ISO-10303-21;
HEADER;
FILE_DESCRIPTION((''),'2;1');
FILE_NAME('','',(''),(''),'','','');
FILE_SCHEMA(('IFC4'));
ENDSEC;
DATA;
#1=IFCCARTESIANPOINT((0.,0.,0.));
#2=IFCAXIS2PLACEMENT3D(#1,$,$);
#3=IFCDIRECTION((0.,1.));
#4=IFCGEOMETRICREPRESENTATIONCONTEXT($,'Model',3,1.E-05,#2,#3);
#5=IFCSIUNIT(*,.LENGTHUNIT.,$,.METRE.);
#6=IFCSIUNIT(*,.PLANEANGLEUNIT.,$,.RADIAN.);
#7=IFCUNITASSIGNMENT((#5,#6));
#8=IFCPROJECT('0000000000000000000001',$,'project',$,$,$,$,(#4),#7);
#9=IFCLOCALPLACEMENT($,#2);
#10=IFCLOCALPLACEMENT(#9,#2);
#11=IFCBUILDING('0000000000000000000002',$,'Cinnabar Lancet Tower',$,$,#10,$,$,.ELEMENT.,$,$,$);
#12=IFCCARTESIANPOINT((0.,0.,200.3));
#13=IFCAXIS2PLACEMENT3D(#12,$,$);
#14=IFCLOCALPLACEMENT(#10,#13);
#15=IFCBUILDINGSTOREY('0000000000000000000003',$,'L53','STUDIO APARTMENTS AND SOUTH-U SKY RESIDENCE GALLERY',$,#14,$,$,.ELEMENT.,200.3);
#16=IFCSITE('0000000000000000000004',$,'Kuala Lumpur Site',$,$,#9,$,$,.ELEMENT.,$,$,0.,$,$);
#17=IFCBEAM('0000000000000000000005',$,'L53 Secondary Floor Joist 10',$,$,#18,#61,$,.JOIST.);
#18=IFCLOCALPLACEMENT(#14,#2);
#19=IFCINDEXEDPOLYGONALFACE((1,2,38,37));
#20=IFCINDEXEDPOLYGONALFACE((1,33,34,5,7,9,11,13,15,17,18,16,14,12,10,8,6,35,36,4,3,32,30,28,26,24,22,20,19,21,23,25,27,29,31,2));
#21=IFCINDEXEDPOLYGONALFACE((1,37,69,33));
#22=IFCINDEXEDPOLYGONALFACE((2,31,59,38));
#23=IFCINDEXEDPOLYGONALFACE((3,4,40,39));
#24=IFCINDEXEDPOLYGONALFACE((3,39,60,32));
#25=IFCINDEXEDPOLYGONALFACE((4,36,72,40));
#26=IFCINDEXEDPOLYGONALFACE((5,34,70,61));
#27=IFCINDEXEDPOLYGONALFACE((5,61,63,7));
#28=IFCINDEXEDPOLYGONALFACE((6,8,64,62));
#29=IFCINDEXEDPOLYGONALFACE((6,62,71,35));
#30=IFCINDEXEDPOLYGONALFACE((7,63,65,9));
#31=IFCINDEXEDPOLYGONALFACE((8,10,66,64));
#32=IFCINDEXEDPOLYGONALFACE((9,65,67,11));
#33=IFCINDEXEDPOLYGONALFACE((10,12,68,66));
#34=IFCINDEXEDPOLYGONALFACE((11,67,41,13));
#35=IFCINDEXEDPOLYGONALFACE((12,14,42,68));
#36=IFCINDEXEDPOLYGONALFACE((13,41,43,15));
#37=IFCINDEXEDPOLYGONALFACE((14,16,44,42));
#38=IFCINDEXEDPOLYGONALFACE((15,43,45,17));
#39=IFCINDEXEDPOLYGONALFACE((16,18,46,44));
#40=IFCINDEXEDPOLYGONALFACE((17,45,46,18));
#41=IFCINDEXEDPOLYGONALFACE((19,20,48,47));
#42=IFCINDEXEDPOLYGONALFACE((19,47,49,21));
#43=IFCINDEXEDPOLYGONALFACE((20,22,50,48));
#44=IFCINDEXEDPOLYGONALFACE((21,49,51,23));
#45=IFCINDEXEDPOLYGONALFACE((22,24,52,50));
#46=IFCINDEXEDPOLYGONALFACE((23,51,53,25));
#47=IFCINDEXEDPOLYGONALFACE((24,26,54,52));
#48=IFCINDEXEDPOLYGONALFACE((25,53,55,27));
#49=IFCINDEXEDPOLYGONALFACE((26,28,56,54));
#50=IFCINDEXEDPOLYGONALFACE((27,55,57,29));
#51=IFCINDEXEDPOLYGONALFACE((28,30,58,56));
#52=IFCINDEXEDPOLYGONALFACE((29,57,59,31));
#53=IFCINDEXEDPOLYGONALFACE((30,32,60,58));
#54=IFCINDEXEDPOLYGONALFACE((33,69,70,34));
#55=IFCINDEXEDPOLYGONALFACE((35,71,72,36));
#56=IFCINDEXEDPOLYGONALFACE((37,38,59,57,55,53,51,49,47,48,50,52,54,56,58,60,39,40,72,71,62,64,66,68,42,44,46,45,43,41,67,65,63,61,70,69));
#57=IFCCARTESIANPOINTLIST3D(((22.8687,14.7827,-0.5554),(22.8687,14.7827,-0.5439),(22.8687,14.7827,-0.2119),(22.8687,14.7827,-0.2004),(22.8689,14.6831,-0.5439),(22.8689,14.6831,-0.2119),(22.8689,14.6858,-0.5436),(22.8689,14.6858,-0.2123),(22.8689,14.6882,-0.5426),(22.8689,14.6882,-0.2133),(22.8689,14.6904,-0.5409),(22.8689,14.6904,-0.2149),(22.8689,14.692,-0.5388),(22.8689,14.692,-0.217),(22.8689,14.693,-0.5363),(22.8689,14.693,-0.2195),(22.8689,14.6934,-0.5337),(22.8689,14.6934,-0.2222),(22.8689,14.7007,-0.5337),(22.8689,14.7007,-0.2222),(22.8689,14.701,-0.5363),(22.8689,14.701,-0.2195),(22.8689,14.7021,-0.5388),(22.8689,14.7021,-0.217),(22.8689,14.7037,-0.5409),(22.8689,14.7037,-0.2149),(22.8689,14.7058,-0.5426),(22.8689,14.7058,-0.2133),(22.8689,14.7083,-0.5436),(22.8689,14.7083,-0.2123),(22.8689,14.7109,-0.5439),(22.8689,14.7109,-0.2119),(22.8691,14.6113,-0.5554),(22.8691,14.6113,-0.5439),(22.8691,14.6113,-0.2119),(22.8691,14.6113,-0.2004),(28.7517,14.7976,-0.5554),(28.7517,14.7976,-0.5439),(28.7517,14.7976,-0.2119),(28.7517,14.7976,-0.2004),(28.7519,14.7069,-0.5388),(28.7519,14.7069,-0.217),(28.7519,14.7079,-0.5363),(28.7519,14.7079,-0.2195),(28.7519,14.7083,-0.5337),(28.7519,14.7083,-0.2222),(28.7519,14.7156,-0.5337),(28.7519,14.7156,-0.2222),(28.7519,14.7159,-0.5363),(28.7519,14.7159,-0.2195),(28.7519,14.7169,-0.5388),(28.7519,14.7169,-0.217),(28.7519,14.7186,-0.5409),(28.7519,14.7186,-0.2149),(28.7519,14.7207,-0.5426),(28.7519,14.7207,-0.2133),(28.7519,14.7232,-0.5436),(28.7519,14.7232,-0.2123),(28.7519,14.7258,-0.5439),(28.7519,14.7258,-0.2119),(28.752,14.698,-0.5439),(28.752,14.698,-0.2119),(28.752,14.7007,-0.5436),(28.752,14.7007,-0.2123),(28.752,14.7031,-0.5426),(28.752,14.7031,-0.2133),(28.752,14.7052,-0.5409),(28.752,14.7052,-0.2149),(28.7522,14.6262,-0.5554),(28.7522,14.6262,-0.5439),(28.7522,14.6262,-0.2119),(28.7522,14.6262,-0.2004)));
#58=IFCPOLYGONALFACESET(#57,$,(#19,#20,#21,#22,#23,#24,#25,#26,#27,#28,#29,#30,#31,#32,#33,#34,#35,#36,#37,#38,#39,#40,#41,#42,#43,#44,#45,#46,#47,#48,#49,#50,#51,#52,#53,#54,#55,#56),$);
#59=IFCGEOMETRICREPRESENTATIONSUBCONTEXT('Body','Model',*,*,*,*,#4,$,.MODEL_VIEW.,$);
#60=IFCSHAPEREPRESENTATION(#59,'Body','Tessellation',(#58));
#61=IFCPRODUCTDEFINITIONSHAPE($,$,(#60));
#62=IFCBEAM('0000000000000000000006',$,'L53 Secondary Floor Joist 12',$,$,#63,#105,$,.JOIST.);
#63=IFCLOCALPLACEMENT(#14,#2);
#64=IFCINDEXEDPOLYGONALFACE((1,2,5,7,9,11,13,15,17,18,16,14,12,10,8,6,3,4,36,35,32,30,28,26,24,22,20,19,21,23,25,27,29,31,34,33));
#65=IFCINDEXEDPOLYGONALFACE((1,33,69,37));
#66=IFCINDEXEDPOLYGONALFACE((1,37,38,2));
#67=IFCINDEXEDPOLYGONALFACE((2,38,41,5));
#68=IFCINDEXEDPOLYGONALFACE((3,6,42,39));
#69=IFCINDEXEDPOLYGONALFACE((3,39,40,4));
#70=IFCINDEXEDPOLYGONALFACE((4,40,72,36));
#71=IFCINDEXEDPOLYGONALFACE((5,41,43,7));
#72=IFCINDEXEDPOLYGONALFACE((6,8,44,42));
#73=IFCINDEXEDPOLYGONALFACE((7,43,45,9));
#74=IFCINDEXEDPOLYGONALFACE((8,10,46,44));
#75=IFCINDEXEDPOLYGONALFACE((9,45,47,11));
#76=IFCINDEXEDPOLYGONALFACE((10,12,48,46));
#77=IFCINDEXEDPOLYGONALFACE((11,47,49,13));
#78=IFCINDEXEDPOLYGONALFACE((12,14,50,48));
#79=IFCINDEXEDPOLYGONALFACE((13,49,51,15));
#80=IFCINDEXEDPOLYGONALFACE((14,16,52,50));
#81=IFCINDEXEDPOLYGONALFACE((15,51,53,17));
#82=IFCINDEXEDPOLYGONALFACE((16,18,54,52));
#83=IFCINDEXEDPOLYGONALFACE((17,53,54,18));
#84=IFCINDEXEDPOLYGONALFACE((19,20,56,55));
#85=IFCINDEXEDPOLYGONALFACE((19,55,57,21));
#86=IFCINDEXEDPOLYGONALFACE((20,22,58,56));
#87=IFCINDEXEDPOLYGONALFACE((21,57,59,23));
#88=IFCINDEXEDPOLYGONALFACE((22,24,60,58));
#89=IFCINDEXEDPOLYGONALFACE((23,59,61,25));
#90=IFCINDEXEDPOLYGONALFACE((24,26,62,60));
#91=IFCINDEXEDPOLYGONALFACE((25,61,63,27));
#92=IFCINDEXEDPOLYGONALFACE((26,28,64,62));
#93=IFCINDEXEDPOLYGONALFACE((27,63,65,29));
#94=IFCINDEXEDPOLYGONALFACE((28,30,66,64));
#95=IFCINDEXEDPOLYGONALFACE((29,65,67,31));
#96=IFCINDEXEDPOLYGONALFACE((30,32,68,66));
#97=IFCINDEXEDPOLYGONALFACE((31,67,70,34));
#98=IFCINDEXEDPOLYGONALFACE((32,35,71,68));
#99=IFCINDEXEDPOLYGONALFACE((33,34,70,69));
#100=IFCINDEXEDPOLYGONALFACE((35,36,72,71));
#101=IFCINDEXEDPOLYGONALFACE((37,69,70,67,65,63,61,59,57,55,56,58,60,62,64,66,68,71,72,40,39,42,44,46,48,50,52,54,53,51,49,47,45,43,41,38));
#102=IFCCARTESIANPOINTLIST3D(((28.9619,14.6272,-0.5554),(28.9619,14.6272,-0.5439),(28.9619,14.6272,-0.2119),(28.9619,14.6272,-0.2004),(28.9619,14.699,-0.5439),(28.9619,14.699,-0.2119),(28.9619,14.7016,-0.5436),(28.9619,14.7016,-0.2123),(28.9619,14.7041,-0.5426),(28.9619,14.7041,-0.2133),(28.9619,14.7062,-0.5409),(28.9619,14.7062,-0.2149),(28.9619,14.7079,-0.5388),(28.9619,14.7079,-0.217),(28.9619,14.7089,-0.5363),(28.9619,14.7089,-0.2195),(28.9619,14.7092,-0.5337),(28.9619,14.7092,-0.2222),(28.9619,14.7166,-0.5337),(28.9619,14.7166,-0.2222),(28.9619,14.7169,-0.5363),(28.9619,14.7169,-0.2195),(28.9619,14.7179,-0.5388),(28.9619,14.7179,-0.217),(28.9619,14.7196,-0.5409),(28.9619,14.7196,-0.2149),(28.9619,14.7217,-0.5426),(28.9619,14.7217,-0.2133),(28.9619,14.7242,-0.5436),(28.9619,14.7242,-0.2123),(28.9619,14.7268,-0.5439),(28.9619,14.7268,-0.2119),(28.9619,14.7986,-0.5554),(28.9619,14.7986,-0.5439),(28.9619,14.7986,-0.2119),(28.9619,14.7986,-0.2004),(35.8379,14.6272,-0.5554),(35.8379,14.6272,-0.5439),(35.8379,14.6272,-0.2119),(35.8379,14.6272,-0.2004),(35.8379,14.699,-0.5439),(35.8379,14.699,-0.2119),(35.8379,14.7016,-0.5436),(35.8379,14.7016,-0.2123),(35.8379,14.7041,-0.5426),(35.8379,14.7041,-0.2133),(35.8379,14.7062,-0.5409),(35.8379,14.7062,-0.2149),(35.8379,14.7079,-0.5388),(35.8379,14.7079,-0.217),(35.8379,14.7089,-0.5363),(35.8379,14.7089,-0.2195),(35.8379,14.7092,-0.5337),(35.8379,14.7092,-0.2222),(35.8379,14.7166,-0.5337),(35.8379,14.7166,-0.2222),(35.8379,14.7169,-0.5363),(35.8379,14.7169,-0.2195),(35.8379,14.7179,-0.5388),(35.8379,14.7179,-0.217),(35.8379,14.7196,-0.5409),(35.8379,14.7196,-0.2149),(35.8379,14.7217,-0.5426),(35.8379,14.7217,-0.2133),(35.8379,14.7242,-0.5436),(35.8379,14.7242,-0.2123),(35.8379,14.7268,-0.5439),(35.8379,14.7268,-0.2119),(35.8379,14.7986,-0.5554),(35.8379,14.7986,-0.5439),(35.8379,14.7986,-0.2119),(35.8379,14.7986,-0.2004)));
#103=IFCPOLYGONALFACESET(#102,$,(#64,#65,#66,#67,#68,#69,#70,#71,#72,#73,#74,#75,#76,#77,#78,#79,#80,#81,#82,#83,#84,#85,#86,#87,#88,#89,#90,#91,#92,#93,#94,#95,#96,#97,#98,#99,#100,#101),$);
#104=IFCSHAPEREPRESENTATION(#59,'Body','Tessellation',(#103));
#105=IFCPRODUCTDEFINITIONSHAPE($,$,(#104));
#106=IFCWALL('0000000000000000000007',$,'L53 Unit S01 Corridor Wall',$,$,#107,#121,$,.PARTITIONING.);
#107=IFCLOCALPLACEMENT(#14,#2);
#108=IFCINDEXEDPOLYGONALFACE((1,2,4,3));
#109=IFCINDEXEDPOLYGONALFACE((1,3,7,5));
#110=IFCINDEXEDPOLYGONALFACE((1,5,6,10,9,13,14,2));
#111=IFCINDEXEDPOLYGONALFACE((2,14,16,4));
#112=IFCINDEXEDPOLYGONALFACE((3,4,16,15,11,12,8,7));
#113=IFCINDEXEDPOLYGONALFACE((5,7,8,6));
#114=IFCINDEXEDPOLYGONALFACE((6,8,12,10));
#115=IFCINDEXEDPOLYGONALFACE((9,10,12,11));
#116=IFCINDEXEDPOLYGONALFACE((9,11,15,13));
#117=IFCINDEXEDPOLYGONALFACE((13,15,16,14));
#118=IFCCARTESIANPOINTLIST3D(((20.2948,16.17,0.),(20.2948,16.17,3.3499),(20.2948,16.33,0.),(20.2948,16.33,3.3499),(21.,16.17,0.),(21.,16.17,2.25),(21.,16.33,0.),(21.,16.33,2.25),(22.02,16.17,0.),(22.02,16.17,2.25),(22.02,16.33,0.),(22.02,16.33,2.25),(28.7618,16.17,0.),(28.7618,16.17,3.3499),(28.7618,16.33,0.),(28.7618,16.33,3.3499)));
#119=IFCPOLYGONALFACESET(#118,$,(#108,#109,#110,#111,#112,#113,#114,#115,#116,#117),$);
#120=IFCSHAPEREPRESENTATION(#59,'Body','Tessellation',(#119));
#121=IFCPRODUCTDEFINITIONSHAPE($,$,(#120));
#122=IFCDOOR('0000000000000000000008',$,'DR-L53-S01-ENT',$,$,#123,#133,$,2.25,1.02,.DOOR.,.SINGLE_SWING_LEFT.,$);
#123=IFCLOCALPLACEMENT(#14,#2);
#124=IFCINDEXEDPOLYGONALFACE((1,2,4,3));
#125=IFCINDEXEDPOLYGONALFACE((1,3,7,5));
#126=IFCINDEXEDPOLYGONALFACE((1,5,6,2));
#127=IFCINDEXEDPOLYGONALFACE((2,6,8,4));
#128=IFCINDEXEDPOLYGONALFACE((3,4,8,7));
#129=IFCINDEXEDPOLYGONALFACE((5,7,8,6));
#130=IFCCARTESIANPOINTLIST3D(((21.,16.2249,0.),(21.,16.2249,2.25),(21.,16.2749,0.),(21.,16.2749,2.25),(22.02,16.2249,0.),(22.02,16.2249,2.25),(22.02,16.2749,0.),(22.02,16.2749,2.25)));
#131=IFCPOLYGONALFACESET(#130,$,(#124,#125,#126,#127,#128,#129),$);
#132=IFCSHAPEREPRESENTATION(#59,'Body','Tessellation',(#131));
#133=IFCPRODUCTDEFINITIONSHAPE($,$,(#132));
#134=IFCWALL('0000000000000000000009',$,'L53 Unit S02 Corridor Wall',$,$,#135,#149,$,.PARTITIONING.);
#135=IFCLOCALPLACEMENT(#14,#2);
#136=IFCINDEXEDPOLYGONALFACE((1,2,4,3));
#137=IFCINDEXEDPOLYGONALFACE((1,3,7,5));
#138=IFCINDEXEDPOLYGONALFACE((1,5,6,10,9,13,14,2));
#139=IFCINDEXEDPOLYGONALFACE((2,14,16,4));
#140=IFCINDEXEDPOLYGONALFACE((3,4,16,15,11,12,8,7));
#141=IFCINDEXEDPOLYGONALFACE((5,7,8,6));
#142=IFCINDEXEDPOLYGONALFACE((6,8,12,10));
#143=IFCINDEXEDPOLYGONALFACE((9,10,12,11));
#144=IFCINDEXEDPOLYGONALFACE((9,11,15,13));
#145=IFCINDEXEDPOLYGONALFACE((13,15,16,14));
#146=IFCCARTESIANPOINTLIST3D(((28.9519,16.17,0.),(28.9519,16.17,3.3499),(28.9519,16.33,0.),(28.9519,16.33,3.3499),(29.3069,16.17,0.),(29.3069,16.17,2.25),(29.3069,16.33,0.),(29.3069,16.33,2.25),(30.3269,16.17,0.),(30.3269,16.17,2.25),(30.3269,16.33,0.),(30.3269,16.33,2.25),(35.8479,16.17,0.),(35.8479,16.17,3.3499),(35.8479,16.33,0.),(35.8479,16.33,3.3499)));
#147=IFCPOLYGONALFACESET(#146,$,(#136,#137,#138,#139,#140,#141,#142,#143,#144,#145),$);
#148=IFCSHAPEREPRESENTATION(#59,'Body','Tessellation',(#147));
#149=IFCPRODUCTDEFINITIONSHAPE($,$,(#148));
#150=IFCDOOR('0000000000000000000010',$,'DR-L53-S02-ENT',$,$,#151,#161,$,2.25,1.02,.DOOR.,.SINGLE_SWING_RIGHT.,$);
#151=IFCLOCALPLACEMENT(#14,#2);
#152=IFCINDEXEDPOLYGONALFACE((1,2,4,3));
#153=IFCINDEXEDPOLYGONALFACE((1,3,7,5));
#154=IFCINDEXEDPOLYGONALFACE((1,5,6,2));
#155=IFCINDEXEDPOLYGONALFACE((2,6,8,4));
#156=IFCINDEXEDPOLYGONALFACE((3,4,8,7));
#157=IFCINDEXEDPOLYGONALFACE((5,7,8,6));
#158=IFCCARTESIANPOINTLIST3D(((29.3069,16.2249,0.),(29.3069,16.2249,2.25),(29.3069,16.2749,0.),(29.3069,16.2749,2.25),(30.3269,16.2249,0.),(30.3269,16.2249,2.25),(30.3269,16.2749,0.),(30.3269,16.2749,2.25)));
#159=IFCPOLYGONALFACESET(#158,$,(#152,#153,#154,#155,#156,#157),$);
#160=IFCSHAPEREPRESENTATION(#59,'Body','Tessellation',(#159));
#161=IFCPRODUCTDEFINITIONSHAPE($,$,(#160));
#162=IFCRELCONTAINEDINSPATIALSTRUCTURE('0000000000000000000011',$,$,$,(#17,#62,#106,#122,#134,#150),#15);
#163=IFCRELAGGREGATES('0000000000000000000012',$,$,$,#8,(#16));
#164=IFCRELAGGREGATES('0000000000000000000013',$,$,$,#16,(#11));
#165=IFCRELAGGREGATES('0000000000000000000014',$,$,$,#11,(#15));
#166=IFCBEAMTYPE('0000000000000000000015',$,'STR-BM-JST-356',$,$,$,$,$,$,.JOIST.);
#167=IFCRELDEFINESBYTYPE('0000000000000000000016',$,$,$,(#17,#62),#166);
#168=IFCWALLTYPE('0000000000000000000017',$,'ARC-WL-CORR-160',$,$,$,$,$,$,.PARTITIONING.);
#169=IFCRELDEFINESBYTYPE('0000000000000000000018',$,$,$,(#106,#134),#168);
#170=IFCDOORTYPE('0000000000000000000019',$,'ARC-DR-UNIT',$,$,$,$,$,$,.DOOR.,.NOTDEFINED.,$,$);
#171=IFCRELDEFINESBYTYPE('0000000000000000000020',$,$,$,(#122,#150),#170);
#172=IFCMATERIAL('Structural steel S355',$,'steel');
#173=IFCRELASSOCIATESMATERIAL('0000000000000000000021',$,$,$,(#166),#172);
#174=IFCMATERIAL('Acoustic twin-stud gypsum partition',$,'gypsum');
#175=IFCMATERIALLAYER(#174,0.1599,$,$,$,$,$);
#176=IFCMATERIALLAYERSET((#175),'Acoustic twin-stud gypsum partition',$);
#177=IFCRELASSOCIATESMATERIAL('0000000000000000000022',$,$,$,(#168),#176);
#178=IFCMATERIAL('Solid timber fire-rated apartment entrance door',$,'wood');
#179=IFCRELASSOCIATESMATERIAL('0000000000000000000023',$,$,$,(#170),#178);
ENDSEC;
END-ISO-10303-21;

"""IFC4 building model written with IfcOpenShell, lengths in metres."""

from ifc_helpers import new_model, si_unit, direction, frame, frame_2d, origin, origin_2d, place, context, subcontext, project, spatial, rectangle, i_section, extrude, material, layer, layer_set, material_profile, profile_set, type_object, element, fill, save


model = new_model("IFC4")

# Units and contexts
model_context = context("Model", 3, precision=1e-05, world=origin(), true_north=direction((0.0, 1.0)))
body_context = subcontext(model_context, "Body", "Model", "MODEL_VIEW")
ifc_project = project(units=[si_unit("LENGTHUNIT", "METRE"), si_unit("PLANEANGLEUNIT", "RADIAN")], contexts=[model_context])

# Site, building, storey
site_placement = place(None, origin())
site = spatial("IfcSite", under=ifc_project, at=site_placement, Name="Kuala Lumpur Site", CompositionType="ELEMENT", RefElevation=0.0)
building_placement = place(site_placement, origin())
building = spatial("IfcBuilding", under=site, at=building_placement, Name="Cinnabar Lancet Tower", CompositionType="ELEMENT")
storey_placement = place(building_placement, frame((0.0, 0.0, 200.3)))
storey = spatial("IfcBuildingStorey", under=building, at=storey_placement, Name="L53", Description="STUDIO APARTMENTS AND SOUTH-U SKY RESIDENCE GALLERY", CompositionType="ELEMENT", Elevation=200.3)

# Beams
ifc_material_1 = material(Name="Structural steel S355", Category="steel")
ifc_material_profile_1 = material_profile(ifc_material_1, i_section(OverallWidth=0.1714, OverallDepth=0.355, WebThickness=0.0073, FlangeThickness=0.0115, FilletRadius=0.0103, at=origin_2d()), Name="UKB 356x171x51")
ifc_profile_set_1 = profile_set([ifc_material_profile_1], Name="Structural steel S355")
beam_type = type_object("IfcBeamType", Name="STR-BM-JST-356", PredefinedType="JOIST", material=ifc_profile_set_1)
beam_1_placement = place(storey_placement, frame((22.8689, 14.697, -0.3779), z_axis=(0.999997, 0.002531, 0.0), x_axis=(-0.002531, 0.999997, 0.0)))
element("IfcBeam", 1, at=beam_1_placement, inside=storey, type_object=beam_type, Name="L53 Secondary Floor Joist 10", PredefinedType="JOIST", context=body_context, shape_type="SweptSolid", body=[
    extrude(i_section(OverallWidth=0.1714, OverallDepth=0.355, WebThickness=0.0073, FlangeThickness=0.0115, FilletRadius=0.0103, at=origin_2d()), origin(), (0.0, 0.0, 1.0), 5.8831),
])
beam_2_placement = place(storey_placement, frame((28.9619, 14.7129, -0.3779), z_axis=(1.0, 0.0, 0.0), x_axis=(0.0, 1.0, 0.0)))
element("IfcBeam", 2, at=beam_2_placement, inside=storey, type_object=beam_type, Name="L53 Secondary Floor Joist 12", PredefinedType="JOIST", context=body_context, shape_type="SweptSolid", body=[
    extrude(i_section(OverallWidth=0.1714, OverallDepth=0.355, WebThickness=0.0073, FlangeThickness=0.0115, FilletRadius=0.0103, at=origin_2d()), origin(), (0.0, 0.0, 1.0), 6.876),
])

# Walls, openings, doors
ifc_material_2 = material(Name="Acoustic twin-stud gypsum partition", Category="gypsum")
ifc_layer_1 = layer(ifc_material_2, 0.1599)
ifc_layer_set_1 = layer_set([ifc_layer_1], Name="Acoustic twin-stud gypsum partition")
wall_type_1 = type_object("IfcWallType", Name="ARC-WL-CORR-160", PredefinedType="PARTITIONING", material=ifc_layer_set_1)
wall_1_placement = place(storey_placement, frame((20.2949, 16.25, 0.0), z_axis=(0.0, 0.0, 1.0), x_axis=(1.0, 0.0, 0.0)))
wall_1 = element("IfcWall", 3, at=wall_1_placement, inside=storey, type_object=wall_type_1, Name="L53 Unit S01 Corridor Wall", PredefinedType="PARTITIONING", context=body_context, shape_type="SweptSolid", body=[
    extrude(rectangle(XDim=8.467, YDim=0.1599, at=frame_2d((4.2334, 0.0))), origin(), (0.0, 0.0, 1.0), 3.3499),
])
opening_1_placement = place(wall_1_placement, frame((0.7051, 0.0, 0.0)))
opening_1 = element("IfcOpeningElement", 4, at=opening_1_placement, cuts=wall_1, PredefinedType="OPENING", context=body_context, shape_type="SweptSolid", body=[
    extrude(rectangle(XDim=1.02, YDim=2.25, at=frame_2d((0.51, 1.125))), frame((0.0, 0.0898, 0.0), z_axis=(0.0, -1.0, 0.0), x_axis=(1.0, 0.0, 0.0)), (0.0, 0.0, 1.0), 0.1799),
])
ifc_material_3 = material(Name="Solid timber fire-rated apartment entrance door", Category="wood")
door_type = type_object("IfcDoorType", Name="ARC-DR-UNIT", OperationType="NOTDEFINED", PredefinedType="DOOR", material=ifc_material_3)
door_1_placement = place(opening_1_placement, origin())
door_1 = element("IfcDoor", 5, at=door_1_placement, inside=storey, type_object=door_type, Name="DR-L53-S01-ENT", OperationType="SINGLE_SWING_LEFT", OverallHeight=2.25, OverallWidth=1.02, PredefinedType="DOOR", context=body_context, shape_type="SweptSolid", body=[
    extrude(rectangle(XDim=1.02, YDim=2.25, at=frame_2d((0.51, 1.125))), frame((0.0, 0.0249, 0.0), z_axis=(0.0, -1.0, 0.0), x_axis=(1.0, 0.0, 0.0)), (0.0, 0.0, 1.0), 0.05),
])
fill(opening_1, door_1)
wall_2_placement = place(storey_placement, frame((28.9519, 16.25, 0.0), z_axis=(0.0, 0.0, 1.0), x_axis=(1.0, 0.0, 0.0)))
wall_2 = element("IfcWall", 6, at=wall_2_placement, inside=storey, type_object=wall_type_1, Name="L53 Unit S02 Corridor Wall", PredefinedType="PARTITIONING", context=body_context, shape_type="SweptSolid", body=[
    extrude(rectangle(XDim=6.896, YDim=0.1599, at=frame_2d((3.448, 0.0))), origin(), (0.0, 0.0, 1.0), 3.3499),
])
opening_2_placement = place(wall_2_placement, frame((0.355, 0.0, 0.0)))
opening_2 = element("IfcOpeningElement", 7, at=opening_2_placement, cuts=wall_2, PredefinedType="OPENING", context=body_context, shape_type="SweptSolid", body=[
    extrude(rectangle(XDim=1.02, YDim=2.25, at=frame_2d((0.51, 1.125))), frame((0.0, 0.0898, 0.0), z_axis=(0.0, -1.0, 0.0), x_axis=(1.0, 0.0, 0.0)), (0.0, 0.0, 1.0), 0.1799),
])
door_2_placement = place(opening_2_placement, origin())
door_2 = element("IfcDoor", 8, at=door_2_placement, inside=storey, type_object=door_type, Name="DR-L53-S02-ENT", OperationType="SINGLE_SWING_RIGHT", OverallHeight=2.25, OverallWidth=1.02, PredefinedType="DOOR", context=body_context, shape_type="SweptSolid", body=[
    extrude(rectangle(XDim=1.02, YDim=2.25, at=frame_2d((0.51, 1.125))), frame((0.0, 0.0249, 0.0), z_axis=(0.0, -1.0, 0.0), x_axis=(1.0, 0.0, 0.0)), (0.0, 0.0, 1.0), 0.05),
])
fill(opening_2, door_2)

save(model, "model.ifc")
